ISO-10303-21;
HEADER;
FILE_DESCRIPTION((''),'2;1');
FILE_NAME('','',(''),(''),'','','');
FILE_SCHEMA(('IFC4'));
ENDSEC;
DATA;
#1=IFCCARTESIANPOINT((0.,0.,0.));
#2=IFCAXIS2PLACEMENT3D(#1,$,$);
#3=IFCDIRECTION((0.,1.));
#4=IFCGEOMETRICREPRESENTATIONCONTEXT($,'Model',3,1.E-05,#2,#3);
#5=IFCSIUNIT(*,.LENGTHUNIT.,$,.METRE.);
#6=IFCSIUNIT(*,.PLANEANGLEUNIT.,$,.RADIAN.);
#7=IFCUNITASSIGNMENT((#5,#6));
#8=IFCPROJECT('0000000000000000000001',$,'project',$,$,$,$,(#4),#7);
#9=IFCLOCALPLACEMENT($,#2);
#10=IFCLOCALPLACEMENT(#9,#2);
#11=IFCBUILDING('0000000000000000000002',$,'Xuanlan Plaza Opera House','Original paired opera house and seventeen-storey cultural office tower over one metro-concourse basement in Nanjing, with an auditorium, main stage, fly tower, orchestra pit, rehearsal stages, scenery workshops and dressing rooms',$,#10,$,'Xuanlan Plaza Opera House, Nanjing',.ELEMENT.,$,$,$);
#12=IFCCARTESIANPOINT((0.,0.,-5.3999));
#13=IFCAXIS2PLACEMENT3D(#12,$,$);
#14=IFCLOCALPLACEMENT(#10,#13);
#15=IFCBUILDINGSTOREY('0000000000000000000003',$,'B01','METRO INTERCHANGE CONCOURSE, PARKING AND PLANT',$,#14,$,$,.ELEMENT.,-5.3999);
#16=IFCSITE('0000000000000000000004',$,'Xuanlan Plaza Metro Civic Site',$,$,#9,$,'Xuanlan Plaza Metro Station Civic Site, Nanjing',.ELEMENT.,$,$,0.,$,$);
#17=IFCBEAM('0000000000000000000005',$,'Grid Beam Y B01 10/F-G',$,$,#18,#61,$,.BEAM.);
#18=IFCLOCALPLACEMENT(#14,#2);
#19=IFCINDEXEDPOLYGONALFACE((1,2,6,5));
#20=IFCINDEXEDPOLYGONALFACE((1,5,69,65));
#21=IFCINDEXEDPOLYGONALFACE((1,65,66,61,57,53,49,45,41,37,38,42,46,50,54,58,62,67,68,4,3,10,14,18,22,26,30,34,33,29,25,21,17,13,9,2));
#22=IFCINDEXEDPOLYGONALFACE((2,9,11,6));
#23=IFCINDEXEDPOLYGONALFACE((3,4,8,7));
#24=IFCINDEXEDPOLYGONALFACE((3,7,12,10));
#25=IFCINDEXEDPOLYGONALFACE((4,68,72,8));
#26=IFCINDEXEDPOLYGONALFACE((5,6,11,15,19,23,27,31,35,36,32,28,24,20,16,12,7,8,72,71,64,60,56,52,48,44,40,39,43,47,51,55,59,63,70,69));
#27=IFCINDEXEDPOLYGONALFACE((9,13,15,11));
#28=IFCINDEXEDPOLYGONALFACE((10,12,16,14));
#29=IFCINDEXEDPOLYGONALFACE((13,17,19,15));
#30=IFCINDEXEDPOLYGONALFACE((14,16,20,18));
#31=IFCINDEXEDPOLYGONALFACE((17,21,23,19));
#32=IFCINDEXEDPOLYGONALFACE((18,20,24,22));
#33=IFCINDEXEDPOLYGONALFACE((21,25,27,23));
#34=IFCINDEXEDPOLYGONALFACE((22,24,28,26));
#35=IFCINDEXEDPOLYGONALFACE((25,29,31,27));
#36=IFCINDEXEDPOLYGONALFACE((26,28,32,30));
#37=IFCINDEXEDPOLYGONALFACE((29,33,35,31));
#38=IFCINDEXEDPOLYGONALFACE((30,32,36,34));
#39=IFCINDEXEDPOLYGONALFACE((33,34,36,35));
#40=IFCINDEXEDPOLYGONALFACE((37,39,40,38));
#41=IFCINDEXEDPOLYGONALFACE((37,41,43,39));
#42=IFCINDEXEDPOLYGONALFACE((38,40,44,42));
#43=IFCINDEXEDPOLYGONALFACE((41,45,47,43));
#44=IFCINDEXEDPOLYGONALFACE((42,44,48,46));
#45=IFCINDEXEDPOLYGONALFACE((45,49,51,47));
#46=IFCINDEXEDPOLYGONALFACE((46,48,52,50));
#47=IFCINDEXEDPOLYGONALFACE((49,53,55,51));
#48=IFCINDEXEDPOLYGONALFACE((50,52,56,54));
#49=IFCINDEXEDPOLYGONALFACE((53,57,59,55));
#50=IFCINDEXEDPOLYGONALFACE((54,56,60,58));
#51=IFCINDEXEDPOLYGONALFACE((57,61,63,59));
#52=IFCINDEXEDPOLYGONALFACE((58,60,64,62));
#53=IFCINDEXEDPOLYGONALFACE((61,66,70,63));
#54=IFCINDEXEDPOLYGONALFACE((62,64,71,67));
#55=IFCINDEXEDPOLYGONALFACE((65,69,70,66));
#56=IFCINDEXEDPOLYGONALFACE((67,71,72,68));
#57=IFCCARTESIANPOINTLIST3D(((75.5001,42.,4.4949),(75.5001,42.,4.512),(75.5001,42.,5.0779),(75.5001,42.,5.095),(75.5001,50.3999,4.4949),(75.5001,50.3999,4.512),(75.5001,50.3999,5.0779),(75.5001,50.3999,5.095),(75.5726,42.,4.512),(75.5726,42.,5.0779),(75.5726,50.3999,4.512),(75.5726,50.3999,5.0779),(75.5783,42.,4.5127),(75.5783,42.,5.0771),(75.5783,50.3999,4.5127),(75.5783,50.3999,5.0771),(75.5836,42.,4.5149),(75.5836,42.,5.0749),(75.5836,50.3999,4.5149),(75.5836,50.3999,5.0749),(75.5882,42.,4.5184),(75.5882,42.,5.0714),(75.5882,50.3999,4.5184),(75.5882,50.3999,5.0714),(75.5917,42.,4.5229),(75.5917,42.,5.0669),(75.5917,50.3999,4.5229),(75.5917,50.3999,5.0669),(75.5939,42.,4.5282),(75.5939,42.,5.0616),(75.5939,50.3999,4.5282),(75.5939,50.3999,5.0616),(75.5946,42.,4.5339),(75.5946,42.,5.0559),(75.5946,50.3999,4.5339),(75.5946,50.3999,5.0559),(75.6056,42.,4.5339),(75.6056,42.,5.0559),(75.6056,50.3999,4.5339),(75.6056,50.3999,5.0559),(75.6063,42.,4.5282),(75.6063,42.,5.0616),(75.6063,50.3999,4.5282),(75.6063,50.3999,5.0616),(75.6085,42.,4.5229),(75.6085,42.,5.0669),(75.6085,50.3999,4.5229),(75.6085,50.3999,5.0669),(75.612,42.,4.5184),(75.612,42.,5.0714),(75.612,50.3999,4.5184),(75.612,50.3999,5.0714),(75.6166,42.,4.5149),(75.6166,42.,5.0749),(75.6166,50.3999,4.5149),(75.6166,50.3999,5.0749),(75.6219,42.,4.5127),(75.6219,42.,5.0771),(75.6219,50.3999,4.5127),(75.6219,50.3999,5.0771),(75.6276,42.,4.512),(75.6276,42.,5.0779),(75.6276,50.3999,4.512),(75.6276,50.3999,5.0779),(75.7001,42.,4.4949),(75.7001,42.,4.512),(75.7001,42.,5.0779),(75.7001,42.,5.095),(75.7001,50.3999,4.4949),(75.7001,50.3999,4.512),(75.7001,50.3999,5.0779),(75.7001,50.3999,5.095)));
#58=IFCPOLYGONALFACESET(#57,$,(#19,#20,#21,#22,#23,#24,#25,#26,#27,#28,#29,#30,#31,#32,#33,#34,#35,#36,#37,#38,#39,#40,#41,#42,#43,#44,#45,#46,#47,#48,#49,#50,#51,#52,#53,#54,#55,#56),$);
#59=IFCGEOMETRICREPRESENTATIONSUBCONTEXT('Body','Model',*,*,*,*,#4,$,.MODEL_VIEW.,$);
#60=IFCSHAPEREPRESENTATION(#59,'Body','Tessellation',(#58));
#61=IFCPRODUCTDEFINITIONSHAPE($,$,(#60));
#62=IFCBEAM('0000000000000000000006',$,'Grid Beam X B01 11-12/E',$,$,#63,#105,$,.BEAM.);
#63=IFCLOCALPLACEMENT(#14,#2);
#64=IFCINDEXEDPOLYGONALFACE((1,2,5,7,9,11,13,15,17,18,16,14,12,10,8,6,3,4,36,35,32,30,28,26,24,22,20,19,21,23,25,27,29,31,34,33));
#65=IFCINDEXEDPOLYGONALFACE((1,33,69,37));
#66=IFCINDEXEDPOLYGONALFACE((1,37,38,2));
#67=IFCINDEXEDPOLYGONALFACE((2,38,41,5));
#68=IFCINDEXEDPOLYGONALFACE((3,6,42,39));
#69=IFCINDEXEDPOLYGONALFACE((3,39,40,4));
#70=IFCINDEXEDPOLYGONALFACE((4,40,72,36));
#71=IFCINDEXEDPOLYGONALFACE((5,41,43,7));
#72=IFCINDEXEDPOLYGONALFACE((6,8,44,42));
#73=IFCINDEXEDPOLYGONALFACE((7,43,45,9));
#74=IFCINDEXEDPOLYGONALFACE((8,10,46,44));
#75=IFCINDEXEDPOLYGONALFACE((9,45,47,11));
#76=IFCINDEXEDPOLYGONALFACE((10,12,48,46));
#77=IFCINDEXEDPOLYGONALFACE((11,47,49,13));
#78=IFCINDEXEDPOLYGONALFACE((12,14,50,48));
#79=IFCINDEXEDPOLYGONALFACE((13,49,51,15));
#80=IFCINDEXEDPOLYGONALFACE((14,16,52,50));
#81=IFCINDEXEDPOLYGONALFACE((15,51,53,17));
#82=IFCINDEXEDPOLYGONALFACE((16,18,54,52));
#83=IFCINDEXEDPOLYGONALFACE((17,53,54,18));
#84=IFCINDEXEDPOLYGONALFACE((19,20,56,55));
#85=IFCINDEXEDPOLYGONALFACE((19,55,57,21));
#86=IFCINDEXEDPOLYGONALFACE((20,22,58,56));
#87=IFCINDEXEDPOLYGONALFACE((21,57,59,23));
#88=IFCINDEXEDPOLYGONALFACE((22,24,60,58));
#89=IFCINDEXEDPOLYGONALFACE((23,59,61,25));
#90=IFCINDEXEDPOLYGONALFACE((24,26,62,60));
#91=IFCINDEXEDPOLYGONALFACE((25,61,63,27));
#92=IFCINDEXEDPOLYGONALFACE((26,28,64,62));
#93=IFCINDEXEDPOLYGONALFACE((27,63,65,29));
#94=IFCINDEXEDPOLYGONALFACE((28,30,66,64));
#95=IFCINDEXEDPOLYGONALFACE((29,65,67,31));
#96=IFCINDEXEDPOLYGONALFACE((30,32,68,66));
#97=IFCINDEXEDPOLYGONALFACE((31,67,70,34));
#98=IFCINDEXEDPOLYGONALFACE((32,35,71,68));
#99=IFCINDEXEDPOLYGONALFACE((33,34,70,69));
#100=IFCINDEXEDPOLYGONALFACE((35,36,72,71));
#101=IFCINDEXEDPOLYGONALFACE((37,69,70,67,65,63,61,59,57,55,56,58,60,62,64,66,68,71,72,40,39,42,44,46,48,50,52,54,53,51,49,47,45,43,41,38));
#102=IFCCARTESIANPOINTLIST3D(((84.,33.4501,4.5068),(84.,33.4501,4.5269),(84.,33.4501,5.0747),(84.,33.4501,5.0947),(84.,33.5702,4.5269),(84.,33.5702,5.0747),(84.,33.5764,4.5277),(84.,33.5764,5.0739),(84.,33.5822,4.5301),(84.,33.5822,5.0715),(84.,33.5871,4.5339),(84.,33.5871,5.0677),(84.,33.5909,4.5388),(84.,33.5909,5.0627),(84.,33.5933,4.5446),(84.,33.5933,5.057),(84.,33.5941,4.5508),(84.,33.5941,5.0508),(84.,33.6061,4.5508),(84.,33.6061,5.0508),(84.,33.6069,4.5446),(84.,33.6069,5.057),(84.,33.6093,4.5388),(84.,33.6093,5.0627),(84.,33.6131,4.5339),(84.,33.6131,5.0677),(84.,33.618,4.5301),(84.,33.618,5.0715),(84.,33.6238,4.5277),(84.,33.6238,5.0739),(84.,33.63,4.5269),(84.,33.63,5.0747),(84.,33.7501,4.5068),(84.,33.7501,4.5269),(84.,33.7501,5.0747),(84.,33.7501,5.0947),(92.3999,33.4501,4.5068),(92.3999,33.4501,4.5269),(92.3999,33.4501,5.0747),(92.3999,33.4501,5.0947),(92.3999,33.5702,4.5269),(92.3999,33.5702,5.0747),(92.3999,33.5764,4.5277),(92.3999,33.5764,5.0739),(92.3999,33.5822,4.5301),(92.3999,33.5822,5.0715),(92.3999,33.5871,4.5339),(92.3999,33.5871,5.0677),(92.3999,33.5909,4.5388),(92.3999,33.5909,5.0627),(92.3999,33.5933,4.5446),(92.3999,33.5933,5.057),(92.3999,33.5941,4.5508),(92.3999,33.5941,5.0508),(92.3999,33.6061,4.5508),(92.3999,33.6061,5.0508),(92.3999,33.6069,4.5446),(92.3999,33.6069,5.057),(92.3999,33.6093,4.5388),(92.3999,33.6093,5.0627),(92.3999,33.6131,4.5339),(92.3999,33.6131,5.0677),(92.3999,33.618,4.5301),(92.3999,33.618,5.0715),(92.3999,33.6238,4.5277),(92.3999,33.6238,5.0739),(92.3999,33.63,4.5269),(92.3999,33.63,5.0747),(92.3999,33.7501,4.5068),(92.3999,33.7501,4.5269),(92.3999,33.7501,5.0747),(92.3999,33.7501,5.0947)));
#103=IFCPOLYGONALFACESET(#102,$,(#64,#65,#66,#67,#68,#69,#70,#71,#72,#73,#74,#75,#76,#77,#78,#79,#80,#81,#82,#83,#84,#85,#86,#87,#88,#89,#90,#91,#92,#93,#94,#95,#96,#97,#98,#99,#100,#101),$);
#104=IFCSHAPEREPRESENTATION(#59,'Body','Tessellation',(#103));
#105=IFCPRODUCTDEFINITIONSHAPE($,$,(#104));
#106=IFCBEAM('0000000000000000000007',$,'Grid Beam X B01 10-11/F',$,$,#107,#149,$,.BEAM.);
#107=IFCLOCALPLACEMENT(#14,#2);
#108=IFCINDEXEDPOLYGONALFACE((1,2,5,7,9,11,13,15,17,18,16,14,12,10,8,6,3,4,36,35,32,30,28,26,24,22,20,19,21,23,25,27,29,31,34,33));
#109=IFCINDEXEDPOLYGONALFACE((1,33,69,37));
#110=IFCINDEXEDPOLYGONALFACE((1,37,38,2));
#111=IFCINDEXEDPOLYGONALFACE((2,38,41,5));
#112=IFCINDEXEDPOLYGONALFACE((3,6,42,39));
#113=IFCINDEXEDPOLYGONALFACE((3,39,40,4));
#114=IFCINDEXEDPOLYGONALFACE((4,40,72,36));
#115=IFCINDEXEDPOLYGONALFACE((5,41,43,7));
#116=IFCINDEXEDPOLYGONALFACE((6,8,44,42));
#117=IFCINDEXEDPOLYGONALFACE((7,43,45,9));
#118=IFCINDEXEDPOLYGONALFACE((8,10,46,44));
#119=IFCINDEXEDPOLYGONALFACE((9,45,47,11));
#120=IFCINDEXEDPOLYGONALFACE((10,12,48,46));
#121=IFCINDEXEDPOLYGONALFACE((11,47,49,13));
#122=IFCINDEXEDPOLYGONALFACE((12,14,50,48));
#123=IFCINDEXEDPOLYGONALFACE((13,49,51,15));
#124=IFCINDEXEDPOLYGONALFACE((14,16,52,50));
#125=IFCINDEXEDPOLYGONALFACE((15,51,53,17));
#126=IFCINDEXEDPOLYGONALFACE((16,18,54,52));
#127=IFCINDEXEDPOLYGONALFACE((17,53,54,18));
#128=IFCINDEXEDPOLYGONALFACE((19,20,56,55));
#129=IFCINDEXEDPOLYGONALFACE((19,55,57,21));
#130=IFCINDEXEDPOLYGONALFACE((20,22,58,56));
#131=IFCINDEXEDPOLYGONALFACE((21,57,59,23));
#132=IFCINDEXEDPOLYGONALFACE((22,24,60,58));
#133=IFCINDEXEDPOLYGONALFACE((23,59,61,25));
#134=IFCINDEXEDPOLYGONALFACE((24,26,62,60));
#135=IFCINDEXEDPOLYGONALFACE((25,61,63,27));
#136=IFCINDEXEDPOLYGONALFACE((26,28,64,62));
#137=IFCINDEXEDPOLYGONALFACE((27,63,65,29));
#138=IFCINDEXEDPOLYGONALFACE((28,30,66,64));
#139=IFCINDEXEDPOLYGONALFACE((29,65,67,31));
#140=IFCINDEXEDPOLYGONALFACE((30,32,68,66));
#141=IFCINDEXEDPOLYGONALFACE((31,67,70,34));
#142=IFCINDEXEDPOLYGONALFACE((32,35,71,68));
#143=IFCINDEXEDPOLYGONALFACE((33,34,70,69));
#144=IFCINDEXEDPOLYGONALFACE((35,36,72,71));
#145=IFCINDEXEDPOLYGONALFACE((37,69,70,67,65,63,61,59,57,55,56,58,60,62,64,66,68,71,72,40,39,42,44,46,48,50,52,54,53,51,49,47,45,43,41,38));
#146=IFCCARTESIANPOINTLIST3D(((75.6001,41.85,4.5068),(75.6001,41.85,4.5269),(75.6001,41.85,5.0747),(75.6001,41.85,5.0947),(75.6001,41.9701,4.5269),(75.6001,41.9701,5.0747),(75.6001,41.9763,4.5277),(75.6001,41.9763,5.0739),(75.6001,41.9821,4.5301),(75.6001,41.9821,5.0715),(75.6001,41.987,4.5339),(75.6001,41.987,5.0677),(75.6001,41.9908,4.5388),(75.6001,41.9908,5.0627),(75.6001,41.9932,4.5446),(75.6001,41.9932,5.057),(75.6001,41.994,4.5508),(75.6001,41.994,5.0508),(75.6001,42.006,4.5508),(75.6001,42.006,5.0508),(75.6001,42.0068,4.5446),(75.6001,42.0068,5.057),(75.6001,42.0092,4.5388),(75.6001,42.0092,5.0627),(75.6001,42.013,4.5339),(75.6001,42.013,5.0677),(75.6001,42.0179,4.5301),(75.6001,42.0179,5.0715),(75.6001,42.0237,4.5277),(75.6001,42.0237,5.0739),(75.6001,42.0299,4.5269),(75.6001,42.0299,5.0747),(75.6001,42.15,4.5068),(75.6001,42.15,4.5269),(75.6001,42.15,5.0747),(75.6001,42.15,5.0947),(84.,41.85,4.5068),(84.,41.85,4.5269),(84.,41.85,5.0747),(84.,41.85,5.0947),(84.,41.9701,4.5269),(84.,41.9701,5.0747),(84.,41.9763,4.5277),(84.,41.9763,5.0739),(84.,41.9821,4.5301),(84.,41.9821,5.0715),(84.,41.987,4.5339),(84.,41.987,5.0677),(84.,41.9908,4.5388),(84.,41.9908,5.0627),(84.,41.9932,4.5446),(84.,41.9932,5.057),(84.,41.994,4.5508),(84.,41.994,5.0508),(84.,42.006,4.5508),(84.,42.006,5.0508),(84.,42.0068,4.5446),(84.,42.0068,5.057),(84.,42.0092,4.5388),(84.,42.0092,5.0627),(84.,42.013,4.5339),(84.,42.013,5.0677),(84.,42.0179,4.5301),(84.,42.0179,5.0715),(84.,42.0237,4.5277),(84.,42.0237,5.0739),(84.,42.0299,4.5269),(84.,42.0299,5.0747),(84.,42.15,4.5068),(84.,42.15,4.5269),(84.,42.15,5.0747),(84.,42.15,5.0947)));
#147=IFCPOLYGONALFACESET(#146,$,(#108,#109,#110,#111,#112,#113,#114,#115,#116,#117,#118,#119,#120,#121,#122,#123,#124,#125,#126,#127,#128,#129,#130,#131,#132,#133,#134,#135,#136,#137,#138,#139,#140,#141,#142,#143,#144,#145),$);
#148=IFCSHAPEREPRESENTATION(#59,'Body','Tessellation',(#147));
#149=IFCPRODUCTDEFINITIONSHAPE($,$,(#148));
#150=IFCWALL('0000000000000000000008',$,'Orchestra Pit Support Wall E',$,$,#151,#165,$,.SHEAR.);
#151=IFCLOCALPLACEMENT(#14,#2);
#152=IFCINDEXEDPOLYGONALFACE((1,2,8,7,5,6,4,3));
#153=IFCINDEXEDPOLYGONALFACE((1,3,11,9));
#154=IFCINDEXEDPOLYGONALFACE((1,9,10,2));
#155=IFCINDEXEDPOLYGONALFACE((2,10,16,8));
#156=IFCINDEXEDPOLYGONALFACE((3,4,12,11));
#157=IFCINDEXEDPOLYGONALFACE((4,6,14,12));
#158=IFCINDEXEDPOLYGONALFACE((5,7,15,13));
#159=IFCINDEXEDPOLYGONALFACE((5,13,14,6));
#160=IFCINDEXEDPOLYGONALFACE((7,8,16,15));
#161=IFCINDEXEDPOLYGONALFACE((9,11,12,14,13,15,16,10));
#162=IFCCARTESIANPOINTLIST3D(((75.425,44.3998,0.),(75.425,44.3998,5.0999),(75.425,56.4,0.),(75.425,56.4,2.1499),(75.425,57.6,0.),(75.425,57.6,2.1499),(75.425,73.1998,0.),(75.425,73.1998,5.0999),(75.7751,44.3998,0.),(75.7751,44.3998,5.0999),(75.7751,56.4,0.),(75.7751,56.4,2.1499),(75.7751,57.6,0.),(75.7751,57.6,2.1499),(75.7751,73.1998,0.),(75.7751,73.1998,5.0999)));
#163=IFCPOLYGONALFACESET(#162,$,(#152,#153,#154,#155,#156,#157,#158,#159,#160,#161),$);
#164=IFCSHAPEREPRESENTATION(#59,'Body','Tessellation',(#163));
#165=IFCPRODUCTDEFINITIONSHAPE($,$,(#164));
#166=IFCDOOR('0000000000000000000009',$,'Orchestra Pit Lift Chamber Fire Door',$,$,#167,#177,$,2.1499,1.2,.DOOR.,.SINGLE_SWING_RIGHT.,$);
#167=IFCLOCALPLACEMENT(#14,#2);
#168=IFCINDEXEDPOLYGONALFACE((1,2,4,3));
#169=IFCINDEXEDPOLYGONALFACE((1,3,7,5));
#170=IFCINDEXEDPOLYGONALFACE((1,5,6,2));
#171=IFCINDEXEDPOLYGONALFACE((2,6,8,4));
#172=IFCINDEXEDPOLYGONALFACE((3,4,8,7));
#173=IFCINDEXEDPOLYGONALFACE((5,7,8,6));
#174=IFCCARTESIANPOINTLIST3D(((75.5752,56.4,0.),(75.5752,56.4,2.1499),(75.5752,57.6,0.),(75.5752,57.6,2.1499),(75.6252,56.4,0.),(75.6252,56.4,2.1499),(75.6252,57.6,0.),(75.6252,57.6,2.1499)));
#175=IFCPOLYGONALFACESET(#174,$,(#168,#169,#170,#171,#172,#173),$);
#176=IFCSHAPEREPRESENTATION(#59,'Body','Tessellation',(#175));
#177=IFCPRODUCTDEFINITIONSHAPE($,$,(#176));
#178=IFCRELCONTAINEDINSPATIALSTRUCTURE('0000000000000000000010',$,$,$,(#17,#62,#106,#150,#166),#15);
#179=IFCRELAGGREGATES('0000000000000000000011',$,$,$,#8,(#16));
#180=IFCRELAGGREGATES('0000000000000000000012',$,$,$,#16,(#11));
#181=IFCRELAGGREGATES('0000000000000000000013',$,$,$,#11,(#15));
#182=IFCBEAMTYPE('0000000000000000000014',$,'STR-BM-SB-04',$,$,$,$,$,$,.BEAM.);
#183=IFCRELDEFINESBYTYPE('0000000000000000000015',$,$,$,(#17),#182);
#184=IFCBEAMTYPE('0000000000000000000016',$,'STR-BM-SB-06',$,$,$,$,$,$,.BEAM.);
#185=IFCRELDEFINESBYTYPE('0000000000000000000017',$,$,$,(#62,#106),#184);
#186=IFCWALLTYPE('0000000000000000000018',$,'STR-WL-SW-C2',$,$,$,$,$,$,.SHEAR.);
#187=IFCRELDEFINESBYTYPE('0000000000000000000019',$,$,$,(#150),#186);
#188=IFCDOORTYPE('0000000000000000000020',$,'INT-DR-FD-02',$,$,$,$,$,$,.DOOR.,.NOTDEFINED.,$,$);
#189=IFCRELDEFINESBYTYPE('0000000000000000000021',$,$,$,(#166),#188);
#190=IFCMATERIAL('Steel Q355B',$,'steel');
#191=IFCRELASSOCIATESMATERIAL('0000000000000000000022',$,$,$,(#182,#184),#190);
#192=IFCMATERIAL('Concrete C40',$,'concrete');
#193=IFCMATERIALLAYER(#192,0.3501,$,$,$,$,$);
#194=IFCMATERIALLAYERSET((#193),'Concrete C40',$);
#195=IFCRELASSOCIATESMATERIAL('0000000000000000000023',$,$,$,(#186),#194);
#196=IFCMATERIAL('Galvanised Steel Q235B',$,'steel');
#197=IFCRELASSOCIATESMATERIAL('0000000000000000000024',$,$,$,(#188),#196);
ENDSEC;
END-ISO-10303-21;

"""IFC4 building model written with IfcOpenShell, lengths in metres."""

from ifc_helpers import new_model, si_unit, direction, frame, frame_2d, origin, origin_2d, place, context, subcontext, project, spatial, rectangle, i_section, extrude, material, layer, layer_set, material_profile, profile_set, type_object, element, fill, save


model = new_model("IFC4")

# Units and contexts
model_context = context("Model", 3, precision=1e-05, world=origin(), true_north=direction((0.0, 1.0)))
body_context = subcontext(model_context, "Body", "Model", "MODEL_VIEW")
ifc_project = project(units=[si_unit("LENGTHUNIT", "METRE"), si_unit("PLANEANGLEUNIT", "RADIAN")], contexts=[model_context])

# Site, building, storey
site_placement = place(None, origin())
site = spatial("IfcSite", under=ifc_project, at=site_placement, Name="Xuanlan Plaza Metro Civic Site", LongName="Xuanlan Plaza Metro Station Civic Site, Nanjing", CompositionType="ELEMENT", RefElevation=0.0)
building_placement = place(site_placement, origin())
building = spatial("IfcBuilding", under=site, at=building_placement, Name="Xuanlan Plaza Opera House", Description="Original paired opera house and seventeen-storey cultural office tower over one metro-concourse basement in Nanjing, with an auditorium, main stage, fly tower, orchestra pit, rehearsal stages, scenery workshops and dressing rooms", LongName="Xuanlan Plaza Opera House, Nanjing", CompositionType="ELEMENT")
storey_placement = place(building_placement, frame((0.0, 0.0, -5.3999)))
storey = spatial("IfcBuildingStorey", under=building, at=storey_placement, Name="B01", Description="METRO INTERCHANGE CONCOURSE, PARKING AND PLANT", CompositionType="ELEMENT", Elevation=-5.3999)

# Shared definitions
ifc_material_1 = material(Name="Concrete C40", Category="concrete")

# Beams
ifc_material_2 = material(Name="Steel Q355B", Category="steel")
ifc_material_profile_1 = material_profile(ifc_material_2, i_section(OverallWidth=0.2, OverallDepth=0.6001, WebThickness=0.011, FlangeThickness=0.0171, FilletRadius=0.022, at=origin_2d()), Name="HN 600x200x11x17")
ifc_profile_set_1 = profile_set([ifc_material_profile_1], Name="Steel Q355B")
beam_type_1 = type_object("IfcBeamType", Name="STR-BM-SB-04", PredefinedType="BEAM", material=ifc_profile_set_1)
beam_1_placement = place(storey_placement, frame((75.6001, 42.0, 4.7949), z_axis=(0.0, 1.0, 0.0), x_axis=(-1.0, 0.0, 0.0)))
element("IfcBeam", 1, at=beam_1_placement, inside=storey, type_object=beam_type_1, Name="Grid Beam Y B01 10/F-G", PredefinedType="BEAM", context=body_context, shape_type="SweptSolid", body=[
    extrude(i_section(OverallWidth=0.2, OverallDepth=0.6001, WebThickness=0.011, FlangeThickness=0.0171, FilletRadius=0.022, at=origin_2d()), origin(), (0.0, 0.0, 1.0), 8.3999),
])
ifc_material_profile_2 = material_profile(ifc_material_2, i_section(OverallWidth=0.3, OverallDepth=0.5879, WebThickness=0.012, FlangeThickness=0.02, FilletRadius=0.0239, at=origin_2d()), Name="HM 588x300x12x20")
ifc_profile_set_2 = profile_set([ifc_material_profile_2], Name="Steel Q355B")
beam_type_2 = type_object("IfcBeamType", Name="STR-BM-SB-06", PredefinedType="BEAM", material=ifc_profile_set_2)
for number, where, z_axis, x_axis, name in (
    (2, (84.0, 33.6001, 4.8008), (1.0, 0.0, 0.0), (0.0, 1.0, 0.0), "Grid Beam X B01 11-12/E"),
    (3, (75.6001, 42.0, 4.8008), (1.0, 0.0, 0.0), (0.0, 1.0, 0.0), "Grid Beam X B01 10-11/F"),
):
    element("IfcBeam", number, at=place(storey_placement, frame(where, z_axis=z_axis, x_axis=x_axis)), inside=storey, type_object=beam_type_2, Name=name, PredefinedType="BEAM", context=body_context, shape_type="SweptSolid", body=[
        extrude(i_section(OverallWidth=0.3, OverallDepth=0.5879, WebThickness=0.012, FlangeThickness=0.02, FilletRadius=0.0239, at=origin_2d()), origin(), (0.0, 0.0, 1.0), 8.3999),
    ])

# Wall, opening, door
ifc_layer = layer(ifc_material_1, 0.3501)
ifc_layer_set = layer_set([ifc_layer], Name="Concrete C40")
wall_type = type_object("IfcWallType", Name="STR-WL-SW-C2", PredefinedType="SHEAR", material=ifc_layer_set)
wall_placement = place(storey_placement, frame((75.6001, 44.3999, 0.0), z_axis=(0.0, 0.0, 1.0), x_axis=(0.0, 1.0, 0.0)))
wall = element("IfcWall", 4, at=wall_placement, inside=storey, type_object=wall_type, Name="Orchestra Pit Support Wall E", PredefinedType="SHEAR", context=body_context, shape_type="SweptSolid", body=[
    extrude(rectangle(XDim=28.8, YDim=0.3501, at=frame_2d((14.3999, 0.0))), origin(), (0.0, 0.0, 1.0), 5.0999),
])
opening_placement = place(wall_placement, frame((12.0, 0.0, 0.0)))
opening = element("IfcOpeningElement", 5, at=opening_placement, cuts=wall, PredefinedType="OPENING", context=body_context, shape_type="SweptSolid", body=[
    extrude(rectangle(XDim=1.2, YDim=2.1499, at=frame_2d((0.6001, 1.075))), frame((0.0, 0.1851, 0.0), z_axis=(0.0, -1.0, 0.0), x_axis=(1.0, 0.0, 0.0)), (0.0, 0.0, 1.0), 0.3701),
])
ifc_material_3 = material(Name="Galvanised Steel Q235B", Category="steel")
door_type = type_object("IfcDoorType", Name="INT-DR-FD-02", OperationType="NOTDEFINED", PredefinedType="DOOR", material=ifc_material_3)
door_placement = place(opening_placement, origin())
door = element("IfcDoor", 6, at=door_placement, inside=storey, type_object=door_type, Name="Orchestra Pit Lift Chamber Fire Door", OperationType="SINGLE_SWING_RIGHT", OverallHeight=2.1499, OverallWidth=1.2, PredefinedType="DOOR", context=body_context, shape_type="SweptSolid", body=[
    extrude(rectangle(XDim=1.2, YDim=2.1499, at=frame_2d((0.6001, 1.075))), frame((0.0, 0.0249, 0.0), z_axis=(0.0, -1.0, 0.0), x_axis=(1.0, 0.0, 0.0)), (0.0, 0.0, 1.0), 0.05),
])
fill(opening, door)

save(model, "model.ifc")
